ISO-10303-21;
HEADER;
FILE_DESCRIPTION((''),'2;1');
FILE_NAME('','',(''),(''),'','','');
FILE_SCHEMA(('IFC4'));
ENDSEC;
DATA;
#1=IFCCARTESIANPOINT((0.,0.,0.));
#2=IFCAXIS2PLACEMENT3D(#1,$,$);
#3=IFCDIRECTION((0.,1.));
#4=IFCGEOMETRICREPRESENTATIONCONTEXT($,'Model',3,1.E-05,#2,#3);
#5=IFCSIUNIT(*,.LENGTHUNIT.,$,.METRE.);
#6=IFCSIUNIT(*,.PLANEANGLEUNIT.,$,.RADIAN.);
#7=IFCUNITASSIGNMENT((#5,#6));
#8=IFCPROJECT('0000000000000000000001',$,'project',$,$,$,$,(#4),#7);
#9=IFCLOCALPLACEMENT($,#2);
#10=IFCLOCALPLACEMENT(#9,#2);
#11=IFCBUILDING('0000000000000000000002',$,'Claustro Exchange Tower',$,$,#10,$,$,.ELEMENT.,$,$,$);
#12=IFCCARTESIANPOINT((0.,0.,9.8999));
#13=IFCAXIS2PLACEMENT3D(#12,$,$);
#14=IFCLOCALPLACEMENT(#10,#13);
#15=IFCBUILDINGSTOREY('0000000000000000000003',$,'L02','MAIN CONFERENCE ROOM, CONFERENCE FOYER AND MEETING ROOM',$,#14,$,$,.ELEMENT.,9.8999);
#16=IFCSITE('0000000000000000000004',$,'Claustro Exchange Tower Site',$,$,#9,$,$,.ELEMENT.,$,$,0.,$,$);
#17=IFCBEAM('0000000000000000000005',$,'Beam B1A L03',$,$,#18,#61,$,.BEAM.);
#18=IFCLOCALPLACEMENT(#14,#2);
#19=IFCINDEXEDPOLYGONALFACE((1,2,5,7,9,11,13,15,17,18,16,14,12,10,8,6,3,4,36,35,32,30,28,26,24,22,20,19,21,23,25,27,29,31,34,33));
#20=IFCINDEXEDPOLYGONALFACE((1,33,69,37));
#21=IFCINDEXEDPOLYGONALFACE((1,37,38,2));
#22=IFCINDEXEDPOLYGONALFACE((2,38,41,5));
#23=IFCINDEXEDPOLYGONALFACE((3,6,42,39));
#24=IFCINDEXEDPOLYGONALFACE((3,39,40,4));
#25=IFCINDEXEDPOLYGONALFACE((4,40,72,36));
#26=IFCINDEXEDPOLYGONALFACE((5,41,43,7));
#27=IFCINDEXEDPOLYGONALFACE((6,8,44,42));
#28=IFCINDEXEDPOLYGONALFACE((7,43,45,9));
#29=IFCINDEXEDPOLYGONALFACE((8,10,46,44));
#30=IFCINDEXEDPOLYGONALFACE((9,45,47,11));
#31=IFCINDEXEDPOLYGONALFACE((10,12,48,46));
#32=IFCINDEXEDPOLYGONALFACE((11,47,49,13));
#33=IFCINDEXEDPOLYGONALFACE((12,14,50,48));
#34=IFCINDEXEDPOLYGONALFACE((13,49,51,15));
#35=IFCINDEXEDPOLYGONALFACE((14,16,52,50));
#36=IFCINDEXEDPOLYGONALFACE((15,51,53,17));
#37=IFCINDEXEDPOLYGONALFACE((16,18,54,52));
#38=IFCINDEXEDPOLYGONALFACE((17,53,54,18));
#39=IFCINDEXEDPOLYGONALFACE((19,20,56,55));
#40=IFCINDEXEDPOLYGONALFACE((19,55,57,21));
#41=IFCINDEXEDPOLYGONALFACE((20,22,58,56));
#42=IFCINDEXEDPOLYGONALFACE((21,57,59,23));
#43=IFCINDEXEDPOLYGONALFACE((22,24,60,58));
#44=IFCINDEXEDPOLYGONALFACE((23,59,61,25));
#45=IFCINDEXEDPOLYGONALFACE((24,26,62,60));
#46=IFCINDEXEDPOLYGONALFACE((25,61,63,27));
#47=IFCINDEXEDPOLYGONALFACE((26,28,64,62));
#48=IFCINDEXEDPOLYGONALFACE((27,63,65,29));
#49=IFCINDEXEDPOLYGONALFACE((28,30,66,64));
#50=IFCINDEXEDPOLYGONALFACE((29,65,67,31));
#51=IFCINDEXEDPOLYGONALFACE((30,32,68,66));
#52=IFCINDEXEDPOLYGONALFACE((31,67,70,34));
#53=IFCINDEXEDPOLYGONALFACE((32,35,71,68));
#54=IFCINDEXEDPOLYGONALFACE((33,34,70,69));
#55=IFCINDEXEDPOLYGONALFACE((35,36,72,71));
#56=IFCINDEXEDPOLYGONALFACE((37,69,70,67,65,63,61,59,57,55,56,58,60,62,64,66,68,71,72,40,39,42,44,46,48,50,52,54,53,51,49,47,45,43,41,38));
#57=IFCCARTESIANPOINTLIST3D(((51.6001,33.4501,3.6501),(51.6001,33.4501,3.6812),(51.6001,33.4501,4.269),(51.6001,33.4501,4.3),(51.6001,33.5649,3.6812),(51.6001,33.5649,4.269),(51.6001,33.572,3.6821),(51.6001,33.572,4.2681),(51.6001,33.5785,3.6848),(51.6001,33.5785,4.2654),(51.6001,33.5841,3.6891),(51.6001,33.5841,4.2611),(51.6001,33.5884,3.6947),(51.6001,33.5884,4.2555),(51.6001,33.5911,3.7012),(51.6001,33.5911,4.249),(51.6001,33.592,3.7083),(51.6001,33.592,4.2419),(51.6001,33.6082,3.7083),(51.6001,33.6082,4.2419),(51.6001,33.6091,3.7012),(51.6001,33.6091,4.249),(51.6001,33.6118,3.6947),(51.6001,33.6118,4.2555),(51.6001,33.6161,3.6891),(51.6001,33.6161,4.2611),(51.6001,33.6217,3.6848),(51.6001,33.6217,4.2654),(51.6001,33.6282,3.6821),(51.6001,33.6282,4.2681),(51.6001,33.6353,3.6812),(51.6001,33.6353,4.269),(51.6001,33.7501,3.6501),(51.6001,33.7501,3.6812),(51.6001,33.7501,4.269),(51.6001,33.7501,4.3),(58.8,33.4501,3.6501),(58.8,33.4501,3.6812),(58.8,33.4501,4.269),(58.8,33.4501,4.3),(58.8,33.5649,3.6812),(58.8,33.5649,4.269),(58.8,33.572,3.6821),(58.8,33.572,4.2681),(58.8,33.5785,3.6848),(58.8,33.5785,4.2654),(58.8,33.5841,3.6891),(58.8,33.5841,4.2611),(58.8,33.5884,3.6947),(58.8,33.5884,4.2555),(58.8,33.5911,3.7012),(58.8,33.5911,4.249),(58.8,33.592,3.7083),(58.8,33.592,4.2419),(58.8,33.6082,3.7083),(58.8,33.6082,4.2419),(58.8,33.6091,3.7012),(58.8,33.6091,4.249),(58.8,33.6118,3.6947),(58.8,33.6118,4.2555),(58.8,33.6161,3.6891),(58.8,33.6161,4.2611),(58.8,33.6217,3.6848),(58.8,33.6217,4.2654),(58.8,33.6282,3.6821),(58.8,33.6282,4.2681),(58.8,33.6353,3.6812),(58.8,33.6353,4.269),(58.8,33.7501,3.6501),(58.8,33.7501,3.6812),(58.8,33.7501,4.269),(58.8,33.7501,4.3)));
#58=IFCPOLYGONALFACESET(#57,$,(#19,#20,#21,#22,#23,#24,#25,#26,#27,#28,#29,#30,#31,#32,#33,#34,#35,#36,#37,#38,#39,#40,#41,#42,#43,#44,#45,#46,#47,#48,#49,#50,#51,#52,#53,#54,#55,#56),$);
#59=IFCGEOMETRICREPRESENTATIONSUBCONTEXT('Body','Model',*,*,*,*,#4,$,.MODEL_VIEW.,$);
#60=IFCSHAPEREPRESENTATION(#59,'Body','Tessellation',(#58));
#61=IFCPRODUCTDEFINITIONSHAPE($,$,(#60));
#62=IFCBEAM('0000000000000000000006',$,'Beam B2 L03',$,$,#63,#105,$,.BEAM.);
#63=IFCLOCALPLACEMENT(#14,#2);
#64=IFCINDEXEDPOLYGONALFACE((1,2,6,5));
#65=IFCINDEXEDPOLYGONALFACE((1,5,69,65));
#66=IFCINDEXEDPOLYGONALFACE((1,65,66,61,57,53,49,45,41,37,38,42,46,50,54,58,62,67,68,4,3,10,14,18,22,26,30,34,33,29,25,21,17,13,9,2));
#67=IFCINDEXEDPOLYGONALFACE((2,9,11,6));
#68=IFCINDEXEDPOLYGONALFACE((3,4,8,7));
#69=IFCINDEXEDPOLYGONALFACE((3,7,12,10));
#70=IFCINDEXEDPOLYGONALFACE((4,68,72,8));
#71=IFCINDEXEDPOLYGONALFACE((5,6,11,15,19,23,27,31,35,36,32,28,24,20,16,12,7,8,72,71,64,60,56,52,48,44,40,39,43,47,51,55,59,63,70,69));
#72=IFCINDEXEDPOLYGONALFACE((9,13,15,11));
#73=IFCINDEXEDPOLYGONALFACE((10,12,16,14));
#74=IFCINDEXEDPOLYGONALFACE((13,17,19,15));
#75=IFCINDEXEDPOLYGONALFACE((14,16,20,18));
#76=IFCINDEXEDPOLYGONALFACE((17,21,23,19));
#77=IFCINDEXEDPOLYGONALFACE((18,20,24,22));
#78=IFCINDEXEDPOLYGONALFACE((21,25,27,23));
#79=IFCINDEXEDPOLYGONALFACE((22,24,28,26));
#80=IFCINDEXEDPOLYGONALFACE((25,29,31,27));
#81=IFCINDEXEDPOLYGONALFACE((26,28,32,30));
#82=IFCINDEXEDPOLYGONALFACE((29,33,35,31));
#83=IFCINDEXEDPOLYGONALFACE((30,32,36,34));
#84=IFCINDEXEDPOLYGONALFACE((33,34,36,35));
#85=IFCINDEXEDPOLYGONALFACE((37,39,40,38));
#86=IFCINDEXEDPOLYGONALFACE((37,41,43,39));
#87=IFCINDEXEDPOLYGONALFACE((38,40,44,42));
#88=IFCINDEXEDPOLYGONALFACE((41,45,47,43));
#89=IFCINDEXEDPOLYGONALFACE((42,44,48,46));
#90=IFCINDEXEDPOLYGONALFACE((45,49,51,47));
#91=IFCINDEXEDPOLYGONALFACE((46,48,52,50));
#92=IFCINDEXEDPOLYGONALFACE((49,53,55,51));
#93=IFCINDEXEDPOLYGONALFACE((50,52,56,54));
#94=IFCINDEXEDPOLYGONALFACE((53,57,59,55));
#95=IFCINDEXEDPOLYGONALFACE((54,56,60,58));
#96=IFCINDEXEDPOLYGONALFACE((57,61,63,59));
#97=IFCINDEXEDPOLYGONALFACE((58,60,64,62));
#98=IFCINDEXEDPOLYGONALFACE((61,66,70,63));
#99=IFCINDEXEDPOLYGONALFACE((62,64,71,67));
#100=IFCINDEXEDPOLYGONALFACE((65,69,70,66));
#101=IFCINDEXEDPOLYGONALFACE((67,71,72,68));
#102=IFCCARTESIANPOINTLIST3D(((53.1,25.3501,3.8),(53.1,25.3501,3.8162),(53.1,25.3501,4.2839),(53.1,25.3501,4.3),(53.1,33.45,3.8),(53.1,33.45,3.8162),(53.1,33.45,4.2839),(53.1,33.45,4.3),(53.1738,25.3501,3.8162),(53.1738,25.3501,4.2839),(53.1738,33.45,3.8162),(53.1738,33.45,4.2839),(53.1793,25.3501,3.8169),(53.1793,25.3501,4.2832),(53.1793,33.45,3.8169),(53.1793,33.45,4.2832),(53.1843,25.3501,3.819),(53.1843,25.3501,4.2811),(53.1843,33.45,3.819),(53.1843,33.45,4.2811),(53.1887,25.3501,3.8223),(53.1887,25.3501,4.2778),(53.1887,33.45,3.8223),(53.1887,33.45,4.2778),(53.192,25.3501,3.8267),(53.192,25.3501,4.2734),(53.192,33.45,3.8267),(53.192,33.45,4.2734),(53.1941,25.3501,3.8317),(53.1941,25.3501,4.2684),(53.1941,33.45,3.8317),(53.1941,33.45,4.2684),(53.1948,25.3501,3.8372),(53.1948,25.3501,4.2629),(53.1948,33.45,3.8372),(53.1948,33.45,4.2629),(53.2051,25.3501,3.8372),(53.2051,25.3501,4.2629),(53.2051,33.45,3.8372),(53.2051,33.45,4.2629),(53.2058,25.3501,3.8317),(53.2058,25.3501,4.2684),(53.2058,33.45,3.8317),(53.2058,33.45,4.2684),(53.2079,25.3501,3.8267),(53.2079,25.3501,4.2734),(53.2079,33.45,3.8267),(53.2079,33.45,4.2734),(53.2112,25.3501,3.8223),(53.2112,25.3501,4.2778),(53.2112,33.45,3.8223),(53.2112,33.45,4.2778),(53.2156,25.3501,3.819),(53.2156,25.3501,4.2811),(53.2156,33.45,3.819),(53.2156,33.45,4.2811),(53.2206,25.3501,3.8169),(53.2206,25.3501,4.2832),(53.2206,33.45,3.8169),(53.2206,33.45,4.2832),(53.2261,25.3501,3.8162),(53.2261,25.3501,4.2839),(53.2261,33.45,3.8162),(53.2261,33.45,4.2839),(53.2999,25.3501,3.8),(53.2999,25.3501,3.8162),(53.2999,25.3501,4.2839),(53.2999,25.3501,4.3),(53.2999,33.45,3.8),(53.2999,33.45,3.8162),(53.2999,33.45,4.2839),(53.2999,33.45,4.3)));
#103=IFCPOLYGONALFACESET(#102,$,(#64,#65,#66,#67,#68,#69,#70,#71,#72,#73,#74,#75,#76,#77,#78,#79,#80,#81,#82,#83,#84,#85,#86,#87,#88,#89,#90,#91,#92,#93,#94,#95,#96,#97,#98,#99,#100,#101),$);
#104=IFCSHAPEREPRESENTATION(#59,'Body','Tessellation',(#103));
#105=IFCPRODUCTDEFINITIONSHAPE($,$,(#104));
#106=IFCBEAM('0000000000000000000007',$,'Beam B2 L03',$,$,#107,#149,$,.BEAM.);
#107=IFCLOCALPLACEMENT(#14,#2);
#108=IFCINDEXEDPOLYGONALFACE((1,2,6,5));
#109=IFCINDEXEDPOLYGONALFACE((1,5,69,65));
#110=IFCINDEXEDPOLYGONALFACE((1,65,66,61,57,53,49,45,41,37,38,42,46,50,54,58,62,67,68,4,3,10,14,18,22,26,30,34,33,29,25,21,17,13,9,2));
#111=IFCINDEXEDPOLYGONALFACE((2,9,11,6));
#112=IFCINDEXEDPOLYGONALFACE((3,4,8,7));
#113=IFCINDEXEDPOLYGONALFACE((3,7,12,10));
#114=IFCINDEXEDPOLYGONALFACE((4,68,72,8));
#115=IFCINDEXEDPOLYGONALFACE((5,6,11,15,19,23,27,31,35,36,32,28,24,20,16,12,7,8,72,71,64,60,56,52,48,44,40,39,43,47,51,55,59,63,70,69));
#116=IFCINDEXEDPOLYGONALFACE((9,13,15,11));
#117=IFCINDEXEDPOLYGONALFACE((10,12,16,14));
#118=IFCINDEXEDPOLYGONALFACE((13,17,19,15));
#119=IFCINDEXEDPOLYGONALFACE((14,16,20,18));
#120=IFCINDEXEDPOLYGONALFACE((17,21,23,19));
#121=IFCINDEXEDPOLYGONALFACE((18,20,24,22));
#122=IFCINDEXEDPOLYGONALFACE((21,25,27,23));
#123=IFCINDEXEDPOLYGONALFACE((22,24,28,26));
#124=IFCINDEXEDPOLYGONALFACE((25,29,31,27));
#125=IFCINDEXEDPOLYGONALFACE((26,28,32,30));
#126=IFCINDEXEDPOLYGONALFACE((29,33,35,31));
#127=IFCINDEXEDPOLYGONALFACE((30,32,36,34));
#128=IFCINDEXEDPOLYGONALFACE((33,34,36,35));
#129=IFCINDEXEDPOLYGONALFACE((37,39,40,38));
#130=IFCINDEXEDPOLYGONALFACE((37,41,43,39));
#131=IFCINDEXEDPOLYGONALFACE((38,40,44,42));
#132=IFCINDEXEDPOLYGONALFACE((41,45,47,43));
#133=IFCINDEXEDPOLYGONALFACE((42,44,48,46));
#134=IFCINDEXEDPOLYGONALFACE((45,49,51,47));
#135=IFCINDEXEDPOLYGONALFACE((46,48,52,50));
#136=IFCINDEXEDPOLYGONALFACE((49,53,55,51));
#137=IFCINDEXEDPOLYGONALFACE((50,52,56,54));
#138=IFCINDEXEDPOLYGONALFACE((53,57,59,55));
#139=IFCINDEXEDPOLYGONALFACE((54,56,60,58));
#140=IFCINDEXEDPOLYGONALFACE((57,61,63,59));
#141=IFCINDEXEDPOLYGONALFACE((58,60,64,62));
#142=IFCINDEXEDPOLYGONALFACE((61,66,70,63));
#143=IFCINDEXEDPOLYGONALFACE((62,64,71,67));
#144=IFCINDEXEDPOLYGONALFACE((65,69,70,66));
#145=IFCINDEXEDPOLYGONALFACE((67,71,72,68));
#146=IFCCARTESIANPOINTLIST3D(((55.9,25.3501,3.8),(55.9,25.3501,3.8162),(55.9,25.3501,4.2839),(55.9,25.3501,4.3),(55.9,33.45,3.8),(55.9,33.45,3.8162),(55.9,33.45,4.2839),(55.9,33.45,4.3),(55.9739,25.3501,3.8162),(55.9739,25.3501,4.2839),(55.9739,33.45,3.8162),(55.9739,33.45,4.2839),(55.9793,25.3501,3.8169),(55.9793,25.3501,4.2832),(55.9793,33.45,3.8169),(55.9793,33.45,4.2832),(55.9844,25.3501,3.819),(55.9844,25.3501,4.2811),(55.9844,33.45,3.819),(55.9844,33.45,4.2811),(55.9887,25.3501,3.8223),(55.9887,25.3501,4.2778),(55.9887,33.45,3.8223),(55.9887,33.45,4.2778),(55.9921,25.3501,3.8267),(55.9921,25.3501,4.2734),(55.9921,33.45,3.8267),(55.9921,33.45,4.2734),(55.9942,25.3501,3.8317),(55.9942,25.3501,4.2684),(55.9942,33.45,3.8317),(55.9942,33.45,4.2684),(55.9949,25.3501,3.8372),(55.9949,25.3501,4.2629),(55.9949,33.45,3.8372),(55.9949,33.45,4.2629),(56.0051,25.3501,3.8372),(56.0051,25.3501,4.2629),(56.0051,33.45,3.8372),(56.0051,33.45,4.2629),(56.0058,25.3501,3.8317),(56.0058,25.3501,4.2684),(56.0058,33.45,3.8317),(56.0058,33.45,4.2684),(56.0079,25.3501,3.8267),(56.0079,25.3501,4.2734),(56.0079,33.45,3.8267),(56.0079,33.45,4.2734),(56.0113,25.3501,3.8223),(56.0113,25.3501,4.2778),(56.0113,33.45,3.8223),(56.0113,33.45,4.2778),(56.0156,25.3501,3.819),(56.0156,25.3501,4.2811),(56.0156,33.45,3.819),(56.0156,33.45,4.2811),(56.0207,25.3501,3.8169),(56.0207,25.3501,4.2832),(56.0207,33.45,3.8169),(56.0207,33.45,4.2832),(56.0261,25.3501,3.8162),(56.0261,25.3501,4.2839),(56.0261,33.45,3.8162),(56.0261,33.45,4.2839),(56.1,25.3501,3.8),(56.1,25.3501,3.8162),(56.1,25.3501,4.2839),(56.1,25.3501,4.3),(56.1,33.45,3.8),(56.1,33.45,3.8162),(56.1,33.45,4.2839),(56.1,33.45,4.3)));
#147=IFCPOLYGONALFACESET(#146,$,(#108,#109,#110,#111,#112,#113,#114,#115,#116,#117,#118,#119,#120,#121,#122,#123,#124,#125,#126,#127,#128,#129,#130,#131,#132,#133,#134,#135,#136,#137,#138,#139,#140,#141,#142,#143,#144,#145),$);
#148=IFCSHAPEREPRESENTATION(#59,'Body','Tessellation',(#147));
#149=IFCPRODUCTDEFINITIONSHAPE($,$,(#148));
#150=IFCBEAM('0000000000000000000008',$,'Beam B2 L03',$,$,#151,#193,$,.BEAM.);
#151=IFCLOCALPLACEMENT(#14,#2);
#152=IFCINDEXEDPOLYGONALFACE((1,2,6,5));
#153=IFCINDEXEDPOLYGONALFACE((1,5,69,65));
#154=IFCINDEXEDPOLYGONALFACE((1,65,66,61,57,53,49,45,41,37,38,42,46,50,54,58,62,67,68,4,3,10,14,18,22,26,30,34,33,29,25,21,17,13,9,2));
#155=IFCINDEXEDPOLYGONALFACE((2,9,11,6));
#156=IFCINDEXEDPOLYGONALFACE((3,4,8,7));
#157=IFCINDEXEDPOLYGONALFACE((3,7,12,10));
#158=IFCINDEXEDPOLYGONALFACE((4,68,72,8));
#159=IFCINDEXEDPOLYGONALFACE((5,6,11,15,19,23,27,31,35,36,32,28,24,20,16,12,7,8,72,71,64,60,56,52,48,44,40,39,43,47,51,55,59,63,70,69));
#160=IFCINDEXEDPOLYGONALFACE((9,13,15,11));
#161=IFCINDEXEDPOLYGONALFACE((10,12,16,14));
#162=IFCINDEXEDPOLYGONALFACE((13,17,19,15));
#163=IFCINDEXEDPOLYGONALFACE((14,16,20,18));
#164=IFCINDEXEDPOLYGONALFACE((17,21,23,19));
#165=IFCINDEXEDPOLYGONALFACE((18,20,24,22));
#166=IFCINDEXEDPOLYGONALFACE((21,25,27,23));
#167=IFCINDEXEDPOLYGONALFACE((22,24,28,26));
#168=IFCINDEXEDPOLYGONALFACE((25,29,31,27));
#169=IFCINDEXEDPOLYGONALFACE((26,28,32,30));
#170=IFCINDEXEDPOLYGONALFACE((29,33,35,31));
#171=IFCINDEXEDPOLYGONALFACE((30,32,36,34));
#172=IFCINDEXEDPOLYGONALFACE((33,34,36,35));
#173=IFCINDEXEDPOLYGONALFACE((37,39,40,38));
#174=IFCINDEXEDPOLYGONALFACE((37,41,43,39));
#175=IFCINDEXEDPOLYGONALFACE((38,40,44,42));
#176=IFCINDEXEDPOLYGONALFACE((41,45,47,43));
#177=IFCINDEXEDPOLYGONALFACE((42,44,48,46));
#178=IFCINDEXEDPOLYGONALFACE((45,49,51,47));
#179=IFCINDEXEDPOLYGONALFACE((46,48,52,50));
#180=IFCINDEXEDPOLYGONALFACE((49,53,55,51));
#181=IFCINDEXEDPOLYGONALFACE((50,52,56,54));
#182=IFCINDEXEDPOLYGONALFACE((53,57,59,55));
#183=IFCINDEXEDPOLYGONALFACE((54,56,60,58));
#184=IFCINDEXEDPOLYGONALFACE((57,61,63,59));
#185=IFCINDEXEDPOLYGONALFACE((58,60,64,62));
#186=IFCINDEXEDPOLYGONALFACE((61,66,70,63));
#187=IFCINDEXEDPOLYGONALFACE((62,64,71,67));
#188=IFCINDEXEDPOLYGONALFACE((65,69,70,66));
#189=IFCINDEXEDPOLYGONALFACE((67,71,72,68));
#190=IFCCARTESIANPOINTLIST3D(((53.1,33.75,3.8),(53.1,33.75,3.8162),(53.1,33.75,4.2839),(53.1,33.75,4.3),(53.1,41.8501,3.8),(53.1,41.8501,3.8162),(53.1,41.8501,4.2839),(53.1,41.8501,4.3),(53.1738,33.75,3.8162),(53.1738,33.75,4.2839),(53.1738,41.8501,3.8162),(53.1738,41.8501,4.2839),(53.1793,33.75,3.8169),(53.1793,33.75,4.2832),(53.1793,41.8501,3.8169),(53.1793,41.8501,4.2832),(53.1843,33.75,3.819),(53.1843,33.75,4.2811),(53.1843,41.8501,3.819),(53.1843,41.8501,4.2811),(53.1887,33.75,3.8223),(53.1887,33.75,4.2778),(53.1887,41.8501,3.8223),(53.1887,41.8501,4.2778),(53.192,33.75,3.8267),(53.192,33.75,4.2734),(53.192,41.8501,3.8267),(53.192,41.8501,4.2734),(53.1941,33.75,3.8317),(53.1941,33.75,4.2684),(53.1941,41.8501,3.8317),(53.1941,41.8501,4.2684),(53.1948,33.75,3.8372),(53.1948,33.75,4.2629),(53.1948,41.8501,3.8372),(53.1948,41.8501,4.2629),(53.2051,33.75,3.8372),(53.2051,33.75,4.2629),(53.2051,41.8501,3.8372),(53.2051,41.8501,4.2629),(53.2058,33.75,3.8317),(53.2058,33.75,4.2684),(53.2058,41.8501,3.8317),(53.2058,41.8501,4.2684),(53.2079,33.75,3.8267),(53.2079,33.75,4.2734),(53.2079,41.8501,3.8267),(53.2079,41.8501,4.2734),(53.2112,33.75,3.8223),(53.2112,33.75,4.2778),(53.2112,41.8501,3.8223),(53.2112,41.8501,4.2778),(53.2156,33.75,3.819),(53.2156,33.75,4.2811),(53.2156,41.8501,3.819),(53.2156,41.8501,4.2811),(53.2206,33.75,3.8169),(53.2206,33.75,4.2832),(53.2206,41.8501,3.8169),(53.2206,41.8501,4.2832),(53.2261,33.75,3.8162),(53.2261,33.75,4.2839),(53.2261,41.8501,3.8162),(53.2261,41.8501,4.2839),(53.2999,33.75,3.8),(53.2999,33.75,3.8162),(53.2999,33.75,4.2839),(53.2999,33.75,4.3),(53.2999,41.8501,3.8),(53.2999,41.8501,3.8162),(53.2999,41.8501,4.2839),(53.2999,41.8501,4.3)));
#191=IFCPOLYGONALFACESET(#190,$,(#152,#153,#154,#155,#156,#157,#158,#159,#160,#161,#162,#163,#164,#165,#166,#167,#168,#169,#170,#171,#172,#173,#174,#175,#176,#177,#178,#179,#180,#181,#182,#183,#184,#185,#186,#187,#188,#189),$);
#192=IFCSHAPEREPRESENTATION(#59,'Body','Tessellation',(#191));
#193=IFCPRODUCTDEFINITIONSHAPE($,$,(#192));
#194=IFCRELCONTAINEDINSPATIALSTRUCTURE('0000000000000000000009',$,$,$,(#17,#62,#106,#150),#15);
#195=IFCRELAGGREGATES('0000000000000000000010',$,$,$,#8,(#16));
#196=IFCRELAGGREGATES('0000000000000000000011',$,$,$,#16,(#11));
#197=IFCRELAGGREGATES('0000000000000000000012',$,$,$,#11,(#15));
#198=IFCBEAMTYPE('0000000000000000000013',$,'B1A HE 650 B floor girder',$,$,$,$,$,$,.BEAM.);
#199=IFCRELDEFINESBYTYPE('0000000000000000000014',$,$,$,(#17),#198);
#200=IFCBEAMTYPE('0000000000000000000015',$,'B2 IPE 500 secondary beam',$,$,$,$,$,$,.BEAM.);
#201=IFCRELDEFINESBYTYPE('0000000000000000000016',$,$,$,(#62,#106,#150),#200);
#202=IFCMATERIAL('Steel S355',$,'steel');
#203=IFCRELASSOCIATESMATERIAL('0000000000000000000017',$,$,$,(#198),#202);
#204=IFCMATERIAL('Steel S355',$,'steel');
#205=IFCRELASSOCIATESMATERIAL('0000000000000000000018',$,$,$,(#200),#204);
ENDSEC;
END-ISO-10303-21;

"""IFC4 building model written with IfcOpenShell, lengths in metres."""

from ifc_helpers import new_model, si_unit, direction, frame, origin, origin_2d, place, context, subcontext, project, spatial, i_section, extrude, material, material_profile, profile_set, type_object, element, save


model = new_model("IFC4")

# Units and contexts
model_context = context("Model", 3, precision=1e-05, world=origin(), true_north=direction((0.0, 1.0)))
body_context = subcontext(model_context, "Body", "Model", "MODEL_VIEW")
ifc_project = project(units=[si_unit("LENGTHUNIT", "METRE"), si_unit("PLANEANGLEUNIT", "RADIAN")], contexts=[model_context])

# Site, building, storey
site_placement = place(None, origin())
site = spatial("IfcSite", under=ifc_project, at=site_placement, Name="Claustro Exchange Tower Site", CompositionType="ELEMENT", RefElevation=0.0)
building_placement = place(site_placement, origin())
building = spatial("IfcBuilding", under=site, at=building_placement, Name="Claustro Exchange Tower", CompositionType="ELEMENT")
storey_placement = place(building_placement, frame((0.0, 0.0, 9.8999)))
storey = spatial("IfcBuildingStorey", under=building, at=storey_placement, Name="L02", Description="MAIN CONFERENCE ROOM, CONFERENCE FOYER AND MEETING ROOM", CompositionType="ELEMENT", Elevation=9.8999)

# Beams
ifc_material_1 = material(Name="Steel S355", Category="steel")
ifc_material_profile_1 = material_profile(ifc_material_1, i_section(OverallWidth=0.3, OverallDepth=0.6499, WebThickness=0.0161, FlangeThickness=0.031, FilletRadius=0.0271, at=origin_2d()), Name="HE 650 B")
ifc_profile_set_1 = profile_set([ifc_material_profile_1], Name="Steel S355")
beam_type_1 = type_object("IfcBeamType", Name="B1A HE 650 B floor girder", PredefinedType="BEAM", material=ifc_profile_set_1)
beam_1_placement = place(storey_placement, frame((51.6001, 33.6001, 3.9751), z_axis=(1.0, 0.0, 0.0), x_axis=(0.0, 1.0, 0.0)))
element("IfcBeam", 1, at=beam_1_placement, inside=storey, type_object=beam_type_1, Name="Beam B1A L03", PredefinedType="BEAM", context=body_context, shape_type="SweptSolid", body=[
    extrude(i_section(OverallWidth=0.3, OverallDepth=0.6499, WebThickness=0.0161, FlangeThickness=0.031, FilletRadius=0.0271, at=origin_2d()), origin(), (0.0, 0.0, 1.0), 7.2),
])
ifc_material_2 = material(Name="Steel S355", Category="steel")
ifc_material_profile_2 = material_profile(ifc_material_2, i_section(OverallWidth=0.2, OverallDepth=0.5, WebThickness=0.0103, FlangeThickness=0.0161, FilletRadius=0.021, at=origin_2d()), Name="IPE 500")
ifc_profile_set_2 = profile_set([ifc_material_profile_2], Name="Steel S355")
beam_type_2 = type_object("IfcBeamType", Name="B2 IPE 500 secondary beam", PredefinedType="BEAM", material=ifc_profile_set_2)
for number, where, z_axis, x_axis, name in (
    (2, (53.2, 25.3501, 4.05), (0.0, 1.0, 0.0), (-1.0, 0.0, 0.0), "Beam B2 L03"),
    (3, (56.0, 25.3501, 4.05), (0.0, 1.0, 0.0), (-1.0, 0.0, 0.0), "Beam B2 L03"),
):
    element("IfcBeam", number, at=place(storey_placement, frame(where, z_axis=z_axis, x_axis=x_axis)), inside=storey, type_object=beam_type_2, Name=name, PredefinedType="BEAM", context=body_context, shape_type="SweptSolid", body=[
        extrude(i_section(OverallWidth=0.2, OverallDepth=0.5, WebThickness=0.0103, FlangeThickness=0.0161, FilletRadius=0.021, at=origin_2d()), origin(), (0.0, 0.0, 1.0), 8.0999),
    ])
for number, where, z_axis, x_axis, name in (
    (4, (53.2, 33.75, 4.05), (0.0, 1.0, 0.0), (-1.0, 0.0, 0.0), "Beam B2 L03"),
):
    element("IfcBeam", number, at=place(storey_placement, frame(where, z_axis=z_axis, x_axis=x_axis)), inside=storey, type_object=beam_type_2, Name=name, PredefinedType="BEAM", context=body_context, shape_type="SweptSolid", body=[
        extrude(i_section(OverallWidth=0.2, OverallDepth=0.5, WebThickness=0.0103, FlangeThickness=0.0161, FilletRadius=0.021, at=origin_2d()), origin(), (0.0, 0.0, 1.0), 8.1001),
    ])

save(model, "model.ifc")
